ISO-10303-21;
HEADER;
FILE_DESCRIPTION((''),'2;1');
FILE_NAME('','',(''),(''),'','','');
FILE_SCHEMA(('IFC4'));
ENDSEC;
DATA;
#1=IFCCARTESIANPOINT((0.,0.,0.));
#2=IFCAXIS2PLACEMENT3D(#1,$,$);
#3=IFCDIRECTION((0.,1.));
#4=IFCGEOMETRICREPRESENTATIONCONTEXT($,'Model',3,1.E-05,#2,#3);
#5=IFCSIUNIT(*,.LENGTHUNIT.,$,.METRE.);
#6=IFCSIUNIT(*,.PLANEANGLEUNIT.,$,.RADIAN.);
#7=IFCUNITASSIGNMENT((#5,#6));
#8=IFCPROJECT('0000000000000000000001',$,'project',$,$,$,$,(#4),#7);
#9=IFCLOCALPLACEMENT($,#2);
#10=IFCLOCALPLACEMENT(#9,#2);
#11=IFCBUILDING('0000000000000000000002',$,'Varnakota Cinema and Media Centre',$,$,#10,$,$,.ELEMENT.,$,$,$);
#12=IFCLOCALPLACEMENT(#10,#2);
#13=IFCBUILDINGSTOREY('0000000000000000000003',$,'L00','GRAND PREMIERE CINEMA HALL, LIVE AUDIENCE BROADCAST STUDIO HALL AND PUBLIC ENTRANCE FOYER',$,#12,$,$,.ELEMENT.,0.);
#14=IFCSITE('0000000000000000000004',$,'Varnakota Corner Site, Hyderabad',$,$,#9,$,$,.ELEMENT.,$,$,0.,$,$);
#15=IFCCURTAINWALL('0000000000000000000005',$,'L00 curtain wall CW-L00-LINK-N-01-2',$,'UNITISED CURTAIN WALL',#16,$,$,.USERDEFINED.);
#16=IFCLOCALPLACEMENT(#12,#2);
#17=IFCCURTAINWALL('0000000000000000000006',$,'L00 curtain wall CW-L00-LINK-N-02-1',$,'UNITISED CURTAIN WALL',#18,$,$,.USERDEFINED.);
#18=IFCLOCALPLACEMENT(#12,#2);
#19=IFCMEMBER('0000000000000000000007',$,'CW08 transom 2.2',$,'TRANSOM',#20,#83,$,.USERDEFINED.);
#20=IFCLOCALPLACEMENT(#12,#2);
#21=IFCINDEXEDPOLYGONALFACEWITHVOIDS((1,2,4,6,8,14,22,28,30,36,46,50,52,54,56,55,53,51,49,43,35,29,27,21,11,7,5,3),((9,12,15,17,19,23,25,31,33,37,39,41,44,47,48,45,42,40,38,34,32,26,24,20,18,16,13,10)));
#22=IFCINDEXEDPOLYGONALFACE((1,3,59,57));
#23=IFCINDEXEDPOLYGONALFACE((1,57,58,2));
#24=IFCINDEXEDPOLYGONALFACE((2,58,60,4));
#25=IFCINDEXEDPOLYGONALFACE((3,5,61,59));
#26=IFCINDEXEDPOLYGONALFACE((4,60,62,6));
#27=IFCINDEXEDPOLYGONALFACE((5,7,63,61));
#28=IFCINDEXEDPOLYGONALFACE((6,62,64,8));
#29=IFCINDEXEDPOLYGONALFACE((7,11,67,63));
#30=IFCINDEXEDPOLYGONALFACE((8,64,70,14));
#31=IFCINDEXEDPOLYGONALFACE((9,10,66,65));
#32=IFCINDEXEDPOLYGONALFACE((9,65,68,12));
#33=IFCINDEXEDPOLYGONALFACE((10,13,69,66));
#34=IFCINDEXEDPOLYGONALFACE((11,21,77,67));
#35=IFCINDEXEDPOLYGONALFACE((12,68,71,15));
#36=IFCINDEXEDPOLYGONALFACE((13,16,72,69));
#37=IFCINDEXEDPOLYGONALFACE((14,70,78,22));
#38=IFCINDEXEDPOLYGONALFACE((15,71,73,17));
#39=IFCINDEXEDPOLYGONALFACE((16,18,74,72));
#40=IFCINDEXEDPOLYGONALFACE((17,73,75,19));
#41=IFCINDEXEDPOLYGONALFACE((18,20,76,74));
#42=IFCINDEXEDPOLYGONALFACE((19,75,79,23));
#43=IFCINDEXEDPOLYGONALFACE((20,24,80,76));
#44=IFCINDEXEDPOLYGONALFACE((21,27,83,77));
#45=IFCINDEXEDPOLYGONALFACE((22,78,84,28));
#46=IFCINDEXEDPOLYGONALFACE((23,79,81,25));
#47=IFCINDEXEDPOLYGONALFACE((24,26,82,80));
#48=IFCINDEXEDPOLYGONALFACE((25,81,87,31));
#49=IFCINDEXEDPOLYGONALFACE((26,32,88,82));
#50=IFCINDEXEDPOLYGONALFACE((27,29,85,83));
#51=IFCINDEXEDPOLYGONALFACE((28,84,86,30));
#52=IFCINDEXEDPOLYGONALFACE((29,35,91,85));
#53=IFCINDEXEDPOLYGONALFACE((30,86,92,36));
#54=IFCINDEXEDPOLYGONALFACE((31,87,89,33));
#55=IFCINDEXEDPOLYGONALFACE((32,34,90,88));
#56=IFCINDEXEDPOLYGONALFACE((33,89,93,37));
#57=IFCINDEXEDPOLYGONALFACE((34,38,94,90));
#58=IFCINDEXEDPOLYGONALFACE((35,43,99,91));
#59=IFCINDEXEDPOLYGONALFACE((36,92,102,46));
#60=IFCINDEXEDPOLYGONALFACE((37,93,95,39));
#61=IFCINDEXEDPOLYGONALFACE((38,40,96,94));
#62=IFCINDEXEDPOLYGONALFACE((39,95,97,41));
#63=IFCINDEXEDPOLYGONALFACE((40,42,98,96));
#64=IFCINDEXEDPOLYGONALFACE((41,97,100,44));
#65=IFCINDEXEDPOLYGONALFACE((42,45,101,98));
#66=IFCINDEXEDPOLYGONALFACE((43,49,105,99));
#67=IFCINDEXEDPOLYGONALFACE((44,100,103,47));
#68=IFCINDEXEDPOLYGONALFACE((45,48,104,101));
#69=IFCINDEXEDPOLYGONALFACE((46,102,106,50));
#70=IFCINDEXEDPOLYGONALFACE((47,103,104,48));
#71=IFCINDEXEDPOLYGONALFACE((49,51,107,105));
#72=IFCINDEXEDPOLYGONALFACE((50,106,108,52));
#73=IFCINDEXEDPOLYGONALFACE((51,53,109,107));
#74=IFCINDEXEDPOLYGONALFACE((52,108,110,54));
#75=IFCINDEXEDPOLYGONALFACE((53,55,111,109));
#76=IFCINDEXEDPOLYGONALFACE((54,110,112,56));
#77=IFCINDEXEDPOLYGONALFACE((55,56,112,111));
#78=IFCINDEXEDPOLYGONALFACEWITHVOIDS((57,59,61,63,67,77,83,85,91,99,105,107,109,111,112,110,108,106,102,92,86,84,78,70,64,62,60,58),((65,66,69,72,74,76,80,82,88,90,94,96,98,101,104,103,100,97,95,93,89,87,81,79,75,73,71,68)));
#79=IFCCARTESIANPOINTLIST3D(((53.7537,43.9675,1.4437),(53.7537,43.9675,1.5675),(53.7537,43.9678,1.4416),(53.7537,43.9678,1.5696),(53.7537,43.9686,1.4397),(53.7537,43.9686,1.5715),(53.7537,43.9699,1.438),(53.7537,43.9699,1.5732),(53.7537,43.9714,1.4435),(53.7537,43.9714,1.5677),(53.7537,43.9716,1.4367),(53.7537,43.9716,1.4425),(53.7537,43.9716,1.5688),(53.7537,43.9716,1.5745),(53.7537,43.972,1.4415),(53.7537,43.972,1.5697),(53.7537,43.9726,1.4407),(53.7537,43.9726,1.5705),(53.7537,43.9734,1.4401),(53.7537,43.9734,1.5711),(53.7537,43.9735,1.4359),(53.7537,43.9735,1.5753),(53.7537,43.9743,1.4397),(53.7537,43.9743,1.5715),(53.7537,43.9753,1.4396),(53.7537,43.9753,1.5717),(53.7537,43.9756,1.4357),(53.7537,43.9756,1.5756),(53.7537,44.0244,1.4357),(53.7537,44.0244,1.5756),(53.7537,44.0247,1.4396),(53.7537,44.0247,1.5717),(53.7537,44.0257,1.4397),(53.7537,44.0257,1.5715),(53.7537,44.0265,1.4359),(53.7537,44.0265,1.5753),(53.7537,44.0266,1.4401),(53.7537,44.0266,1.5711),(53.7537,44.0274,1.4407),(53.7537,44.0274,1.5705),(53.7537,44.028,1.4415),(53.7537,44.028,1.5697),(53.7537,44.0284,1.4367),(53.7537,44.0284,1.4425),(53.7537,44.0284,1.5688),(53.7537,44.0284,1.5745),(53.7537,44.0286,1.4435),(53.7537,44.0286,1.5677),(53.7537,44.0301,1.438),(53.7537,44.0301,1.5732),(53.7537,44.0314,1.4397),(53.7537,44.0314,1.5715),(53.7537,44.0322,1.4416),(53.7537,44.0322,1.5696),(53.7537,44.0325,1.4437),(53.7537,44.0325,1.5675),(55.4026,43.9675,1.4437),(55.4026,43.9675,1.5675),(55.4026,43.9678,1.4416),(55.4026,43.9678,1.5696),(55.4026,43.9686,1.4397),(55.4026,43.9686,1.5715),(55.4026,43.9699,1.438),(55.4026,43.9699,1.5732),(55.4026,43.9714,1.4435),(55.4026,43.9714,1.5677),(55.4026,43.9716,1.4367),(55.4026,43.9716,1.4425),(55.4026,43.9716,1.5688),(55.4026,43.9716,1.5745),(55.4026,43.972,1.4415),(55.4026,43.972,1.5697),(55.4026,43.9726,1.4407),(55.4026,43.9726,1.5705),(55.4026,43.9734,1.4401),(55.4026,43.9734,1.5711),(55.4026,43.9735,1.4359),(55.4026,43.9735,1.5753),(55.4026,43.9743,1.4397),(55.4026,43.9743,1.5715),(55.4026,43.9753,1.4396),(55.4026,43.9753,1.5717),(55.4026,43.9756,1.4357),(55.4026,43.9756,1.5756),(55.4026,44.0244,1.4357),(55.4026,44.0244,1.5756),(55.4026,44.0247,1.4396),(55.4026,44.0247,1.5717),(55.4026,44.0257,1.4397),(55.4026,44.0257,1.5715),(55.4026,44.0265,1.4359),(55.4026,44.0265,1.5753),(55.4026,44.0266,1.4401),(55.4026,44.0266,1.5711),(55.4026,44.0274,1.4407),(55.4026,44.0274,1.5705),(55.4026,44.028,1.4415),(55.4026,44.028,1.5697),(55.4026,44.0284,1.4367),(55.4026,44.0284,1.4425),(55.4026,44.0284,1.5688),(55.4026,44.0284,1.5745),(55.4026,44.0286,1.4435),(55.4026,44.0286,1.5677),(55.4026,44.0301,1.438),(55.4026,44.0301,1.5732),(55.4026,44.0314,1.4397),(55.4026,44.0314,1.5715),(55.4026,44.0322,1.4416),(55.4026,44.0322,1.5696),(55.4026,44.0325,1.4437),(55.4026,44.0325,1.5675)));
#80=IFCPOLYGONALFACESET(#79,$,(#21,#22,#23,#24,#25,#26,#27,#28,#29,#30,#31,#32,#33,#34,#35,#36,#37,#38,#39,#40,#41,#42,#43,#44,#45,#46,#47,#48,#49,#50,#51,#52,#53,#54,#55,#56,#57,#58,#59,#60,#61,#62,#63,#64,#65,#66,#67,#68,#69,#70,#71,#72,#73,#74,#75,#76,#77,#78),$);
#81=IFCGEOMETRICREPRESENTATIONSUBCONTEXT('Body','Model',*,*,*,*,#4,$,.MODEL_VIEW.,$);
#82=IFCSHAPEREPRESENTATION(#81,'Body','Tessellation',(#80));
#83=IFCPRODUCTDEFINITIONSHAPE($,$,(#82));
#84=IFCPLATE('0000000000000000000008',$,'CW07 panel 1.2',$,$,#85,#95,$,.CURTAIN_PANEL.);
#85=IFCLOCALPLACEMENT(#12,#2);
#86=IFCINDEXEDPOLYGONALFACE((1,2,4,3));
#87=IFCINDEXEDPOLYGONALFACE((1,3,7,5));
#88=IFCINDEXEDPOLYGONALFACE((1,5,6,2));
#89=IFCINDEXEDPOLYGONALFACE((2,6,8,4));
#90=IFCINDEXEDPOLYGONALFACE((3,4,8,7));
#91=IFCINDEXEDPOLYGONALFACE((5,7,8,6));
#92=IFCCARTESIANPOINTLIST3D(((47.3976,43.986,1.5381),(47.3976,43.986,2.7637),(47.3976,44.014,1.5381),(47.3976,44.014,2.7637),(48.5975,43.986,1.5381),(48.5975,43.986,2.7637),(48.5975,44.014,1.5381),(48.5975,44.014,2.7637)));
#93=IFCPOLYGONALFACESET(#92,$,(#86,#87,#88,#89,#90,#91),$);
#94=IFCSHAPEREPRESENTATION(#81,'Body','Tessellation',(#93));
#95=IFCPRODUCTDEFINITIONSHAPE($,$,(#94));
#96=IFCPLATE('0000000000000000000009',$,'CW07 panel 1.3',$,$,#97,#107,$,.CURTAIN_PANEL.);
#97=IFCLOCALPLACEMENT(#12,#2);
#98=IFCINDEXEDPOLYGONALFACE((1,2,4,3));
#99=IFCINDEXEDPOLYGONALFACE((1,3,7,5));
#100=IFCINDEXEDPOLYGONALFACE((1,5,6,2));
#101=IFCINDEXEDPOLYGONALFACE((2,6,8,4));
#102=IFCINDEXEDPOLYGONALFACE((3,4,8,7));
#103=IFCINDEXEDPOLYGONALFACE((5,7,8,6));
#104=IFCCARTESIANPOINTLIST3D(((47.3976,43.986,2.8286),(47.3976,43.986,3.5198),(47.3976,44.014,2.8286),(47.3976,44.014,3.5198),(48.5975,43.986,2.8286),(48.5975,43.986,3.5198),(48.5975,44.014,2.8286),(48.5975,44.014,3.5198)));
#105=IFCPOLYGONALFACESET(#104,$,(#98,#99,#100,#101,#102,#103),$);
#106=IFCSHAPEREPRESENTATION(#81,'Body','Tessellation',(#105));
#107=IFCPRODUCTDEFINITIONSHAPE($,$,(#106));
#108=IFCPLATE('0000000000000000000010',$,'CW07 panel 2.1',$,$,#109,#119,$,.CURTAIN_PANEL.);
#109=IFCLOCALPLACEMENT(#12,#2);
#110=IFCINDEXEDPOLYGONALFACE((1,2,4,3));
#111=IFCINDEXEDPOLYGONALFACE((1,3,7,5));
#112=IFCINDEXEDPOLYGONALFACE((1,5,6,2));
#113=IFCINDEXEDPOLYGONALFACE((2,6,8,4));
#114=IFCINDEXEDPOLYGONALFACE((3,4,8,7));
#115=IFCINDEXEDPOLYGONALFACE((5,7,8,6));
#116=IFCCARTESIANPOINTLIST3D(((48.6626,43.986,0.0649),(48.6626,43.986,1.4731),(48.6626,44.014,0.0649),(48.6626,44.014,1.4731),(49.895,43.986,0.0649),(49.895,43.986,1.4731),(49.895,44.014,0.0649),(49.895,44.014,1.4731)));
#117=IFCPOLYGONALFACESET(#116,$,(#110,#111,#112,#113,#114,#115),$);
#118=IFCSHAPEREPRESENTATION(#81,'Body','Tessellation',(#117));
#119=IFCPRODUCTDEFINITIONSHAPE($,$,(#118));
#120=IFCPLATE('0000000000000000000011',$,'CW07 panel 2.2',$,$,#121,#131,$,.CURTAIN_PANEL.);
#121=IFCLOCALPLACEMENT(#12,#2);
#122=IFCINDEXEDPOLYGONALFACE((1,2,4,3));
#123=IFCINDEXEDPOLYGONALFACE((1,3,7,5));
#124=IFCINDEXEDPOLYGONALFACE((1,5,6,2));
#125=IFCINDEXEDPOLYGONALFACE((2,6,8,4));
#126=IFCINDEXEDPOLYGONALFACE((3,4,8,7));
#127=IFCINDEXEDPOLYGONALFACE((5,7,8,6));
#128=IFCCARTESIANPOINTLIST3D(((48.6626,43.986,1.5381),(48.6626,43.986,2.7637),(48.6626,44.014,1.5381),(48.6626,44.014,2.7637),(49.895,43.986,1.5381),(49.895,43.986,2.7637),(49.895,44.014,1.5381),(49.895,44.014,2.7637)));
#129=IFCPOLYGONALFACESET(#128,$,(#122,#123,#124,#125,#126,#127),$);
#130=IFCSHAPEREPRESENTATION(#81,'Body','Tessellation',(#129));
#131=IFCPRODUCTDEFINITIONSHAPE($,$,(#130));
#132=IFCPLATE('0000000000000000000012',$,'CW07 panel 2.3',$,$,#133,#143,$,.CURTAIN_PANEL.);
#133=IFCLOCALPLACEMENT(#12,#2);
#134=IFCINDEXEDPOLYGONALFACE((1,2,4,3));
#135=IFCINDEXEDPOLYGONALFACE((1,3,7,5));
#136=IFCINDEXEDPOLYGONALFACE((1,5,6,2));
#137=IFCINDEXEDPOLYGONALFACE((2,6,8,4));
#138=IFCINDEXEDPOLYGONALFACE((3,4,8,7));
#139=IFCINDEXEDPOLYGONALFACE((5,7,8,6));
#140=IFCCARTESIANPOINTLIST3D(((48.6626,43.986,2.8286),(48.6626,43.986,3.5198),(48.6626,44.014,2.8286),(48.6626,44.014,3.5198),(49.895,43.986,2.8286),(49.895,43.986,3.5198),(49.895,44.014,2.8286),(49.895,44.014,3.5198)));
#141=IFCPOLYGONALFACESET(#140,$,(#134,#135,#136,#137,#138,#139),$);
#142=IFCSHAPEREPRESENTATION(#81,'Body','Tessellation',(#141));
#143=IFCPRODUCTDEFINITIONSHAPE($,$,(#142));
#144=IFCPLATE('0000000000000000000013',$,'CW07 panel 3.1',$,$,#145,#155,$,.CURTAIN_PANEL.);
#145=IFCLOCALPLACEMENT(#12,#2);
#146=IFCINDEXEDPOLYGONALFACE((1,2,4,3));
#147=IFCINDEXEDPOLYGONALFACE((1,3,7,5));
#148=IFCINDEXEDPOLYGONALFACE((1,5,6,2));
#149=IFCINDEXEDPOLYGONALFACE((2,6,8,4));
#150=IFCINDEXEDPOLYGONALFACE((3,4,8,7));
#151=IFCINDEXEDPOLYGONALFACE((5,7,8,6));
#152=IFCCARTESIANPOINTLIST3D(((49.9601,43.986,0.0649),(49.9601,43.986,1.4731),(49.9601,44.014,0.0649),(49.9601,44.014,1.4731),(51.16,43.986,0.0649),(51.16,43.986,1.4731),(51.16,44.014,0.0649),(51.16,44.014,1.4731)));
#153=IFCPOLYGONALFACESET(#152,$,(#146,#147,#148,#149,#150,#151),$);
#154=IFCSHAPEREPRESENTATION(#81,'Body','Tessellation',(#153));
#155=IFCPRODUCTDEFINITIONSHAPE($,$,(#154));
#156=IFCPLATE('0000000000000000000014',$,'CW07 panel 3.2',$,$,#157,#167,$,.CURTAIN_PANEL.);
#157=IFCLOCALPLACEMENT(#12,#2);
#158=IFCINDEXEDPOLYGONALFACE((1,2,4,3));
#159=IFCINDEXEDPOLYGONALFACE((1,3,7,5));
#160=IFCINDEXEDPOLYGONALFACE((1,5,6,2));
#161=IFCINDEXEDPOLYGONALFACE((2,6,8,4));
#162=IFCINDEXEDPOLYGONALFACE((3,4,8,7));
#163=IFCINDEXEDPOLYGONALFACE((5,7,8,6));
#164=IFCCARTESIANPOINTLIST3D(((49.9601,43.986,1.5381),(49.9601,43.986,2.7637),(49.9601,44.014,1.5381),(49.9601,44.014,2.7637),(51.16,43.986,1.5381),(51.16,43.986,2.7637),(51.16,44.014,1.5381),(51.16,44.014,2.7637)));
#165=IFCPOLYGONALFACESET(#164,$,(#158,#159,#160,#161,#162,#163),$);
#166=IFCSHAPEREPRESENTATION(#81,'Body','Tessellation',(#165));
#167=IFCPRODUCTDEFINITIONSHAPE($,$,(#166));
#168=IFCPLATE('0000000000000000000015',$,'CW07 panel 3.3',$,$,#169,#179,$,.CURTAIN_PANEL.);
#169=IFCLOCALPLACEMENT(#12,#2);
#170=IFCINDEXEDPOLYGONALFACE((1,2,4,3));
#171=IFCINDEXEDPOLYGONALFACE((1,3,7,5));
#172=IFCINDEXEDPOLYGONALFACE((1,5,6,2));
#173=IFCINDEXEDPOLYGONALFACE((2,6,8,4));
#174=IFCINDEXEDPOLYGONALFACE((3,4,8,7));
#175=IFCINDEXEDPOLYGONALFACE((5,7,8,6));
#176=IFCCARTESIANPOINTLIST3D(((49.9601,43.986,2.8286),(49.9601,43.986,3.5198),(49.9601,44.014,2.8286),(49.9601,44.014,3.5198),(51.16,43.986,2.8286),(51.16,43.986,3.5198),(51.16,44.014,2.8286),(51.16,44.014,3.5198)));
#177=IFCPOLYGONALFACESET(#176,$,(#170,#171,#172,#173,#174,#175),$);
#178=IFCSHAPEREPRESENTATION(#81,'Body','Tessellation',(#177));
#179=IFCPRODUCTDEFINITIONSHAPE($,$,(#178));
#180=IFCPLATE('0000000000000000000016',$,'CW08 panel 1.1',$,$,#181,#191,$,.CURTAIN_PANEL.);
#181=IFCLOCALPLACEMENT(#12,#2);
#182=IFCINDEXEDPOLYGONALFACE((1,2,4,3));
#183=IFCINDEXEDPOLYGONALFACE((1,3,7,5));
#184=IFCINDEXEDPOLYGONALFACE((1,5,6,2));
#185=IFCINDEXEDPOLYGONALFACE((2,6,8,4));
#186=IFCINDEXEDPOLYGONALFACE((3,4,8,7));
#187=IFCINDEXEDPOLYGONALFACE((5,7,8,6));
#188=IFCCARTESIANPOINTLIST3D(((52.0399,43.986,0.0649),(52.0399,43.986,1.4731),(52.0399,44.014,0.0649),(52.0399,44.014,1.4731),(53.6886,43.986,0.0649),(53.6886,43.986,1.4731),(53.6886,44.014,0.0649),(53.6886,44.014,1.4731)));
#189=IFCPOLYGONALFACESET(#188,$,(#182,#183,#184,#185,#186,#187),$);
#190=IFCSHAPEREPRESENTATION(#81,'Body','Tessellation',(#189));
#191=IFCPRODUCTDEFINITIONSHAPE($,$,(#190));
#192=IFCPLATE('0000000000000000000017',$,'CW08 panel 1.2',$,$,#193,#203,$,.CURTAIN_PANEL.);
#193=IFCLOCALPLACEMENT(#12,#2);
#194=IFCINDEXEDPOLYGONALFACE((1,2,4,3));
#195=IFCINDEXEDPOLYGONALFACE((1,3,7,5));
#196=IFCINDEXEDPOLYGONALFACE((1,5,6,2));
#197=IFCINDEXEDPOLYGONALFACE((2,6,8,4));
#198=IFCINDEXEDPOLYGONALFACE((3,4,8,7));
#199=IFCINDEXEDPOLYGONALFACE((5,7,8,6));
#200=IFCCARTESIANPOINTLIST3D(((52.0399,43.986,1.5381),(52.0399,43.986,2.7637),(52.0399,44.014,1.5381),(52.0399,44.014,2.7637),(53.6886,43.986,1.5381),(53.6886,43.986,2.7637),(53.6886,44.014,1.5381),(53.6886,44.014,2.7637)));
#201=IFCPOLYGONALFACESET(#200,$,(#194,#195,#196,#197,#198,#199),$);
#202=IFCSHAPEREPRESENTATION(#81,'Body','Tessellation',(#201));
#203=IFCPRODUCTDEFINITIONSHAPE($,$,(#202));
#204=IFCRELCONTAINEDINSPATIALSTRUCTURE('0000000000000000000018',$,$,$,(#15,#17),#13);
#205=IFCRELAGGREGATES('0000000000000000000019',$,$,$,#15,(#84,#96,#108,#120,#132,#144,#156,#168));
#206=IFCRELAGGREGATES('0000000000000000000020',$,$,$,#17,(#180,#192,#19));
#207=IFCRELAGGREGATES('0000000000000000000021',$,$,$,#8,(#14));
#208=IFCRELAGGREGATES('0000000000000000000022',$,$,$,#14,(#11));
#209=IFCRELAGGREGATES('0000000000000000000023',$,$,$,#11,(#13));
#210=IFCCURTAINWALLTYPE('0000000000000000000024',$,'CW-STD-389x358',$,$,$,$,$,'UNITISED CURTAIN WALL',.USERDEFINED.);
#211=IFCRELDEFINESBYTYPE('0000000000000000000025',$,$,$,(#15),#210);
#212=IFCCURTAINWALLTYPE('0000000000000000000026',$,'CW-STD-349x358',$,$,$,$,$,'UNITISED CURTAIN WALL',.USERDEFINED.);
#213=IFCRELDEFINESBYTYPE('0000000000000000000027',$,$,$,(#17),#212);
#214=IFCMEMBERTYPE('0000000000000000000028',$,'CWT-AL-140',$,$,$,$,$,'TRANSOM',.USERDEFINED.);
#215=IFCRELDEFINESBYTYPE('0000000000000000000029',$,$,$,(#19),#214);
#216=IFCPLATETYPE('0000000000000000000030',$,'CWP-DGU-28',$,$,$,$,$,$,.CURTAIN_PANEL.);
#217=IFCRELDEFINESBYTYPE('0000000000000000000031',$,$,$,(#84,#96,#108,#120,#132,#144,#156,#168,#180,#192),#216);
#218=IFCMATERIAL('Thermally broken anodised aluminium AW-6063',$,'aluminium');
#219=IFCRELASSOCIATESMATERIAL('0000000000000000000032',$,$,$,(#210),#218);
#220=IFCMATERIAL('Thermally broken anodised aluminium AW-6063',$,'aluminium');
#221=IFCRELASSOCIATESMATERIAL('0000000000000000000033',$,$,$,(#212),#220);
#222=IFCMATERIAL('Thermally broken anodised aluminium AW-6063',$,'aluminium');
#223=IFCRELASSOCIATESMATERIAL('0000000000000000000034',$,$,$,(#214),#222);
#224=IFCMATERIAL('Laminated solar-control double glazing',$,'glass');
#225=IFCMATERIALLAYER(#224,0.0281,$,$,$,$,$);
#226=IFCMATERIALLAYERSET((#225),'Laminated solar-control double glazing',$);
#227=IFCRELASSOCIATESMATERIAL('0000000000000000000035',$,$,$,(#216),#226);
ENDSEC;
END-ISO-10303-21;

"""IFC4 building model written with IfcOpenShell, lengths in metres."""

from ifc_helpers import new_model, si_unit, direction, frame, origin, origin_2d, place, context, subcontext, project, spatial, rectangle, hollow_rectangle, extrude, material, layer, layer_set, material_profile, profile_set, type_object, element, aggregate, save


model = new_model("IFC4")

# Units and contexts
model_context = context("Model", 3, precision=1e-05, world=origin(), true_north=direction((0.0, 1.0)))
body_context = subcontext(model_context, "Body", "Model", "MODEL_VIEW")
ifc_project = project(units=[si_unit("LENGTHUNIT", "METRE"), si_unit("PLANEANGLEUNIT", "RADIAN")], contexts=[model_context])

# Site, building, storey
site_placement = place(None, origin())
site = spatial("IfcSite", under=ifc_project, at=site_placement, Name="Varnakota Corner Site, Hyderabad", CompositionType="ELEMENT", RefElevation=0.0)
building_placement = place(site_placement, origin())
building = spatial("IfcBuilding", under=site, at=building_placement, Name="Varnakota Cinema and Media Centre", CompositionType="ELEMENT")
storey_placement = place(building_placement, origin())
storey = spatial("IfcBuildingStorey", under=building, at=storey_placement, Name="L00", Description="GRAND PREMIERE CINEMA HALL, LIVE AUDIENCE BROADCAST STUDIO HALL AND PUBLIC ENTRANCE FOYER", CompositionType="ELEMENT", Elevation=0.0)

# Curtain walls
ifc_material_1 = material(Name="Thermally broken anodised aluminium AW-6063", Category="aluminium")
curtain_wall_type_1 = type_object("IfcCurtainWallType", Name="CW-STD-389x358", ElementType="UNITISED CURTAIN WALL", PredefinedType="USERDEFINED", material=ifc_material_1)
curtain_wall_1_placement = place(storey_placement, origin())
curtain_wall_1 = element("IfcCurtainWall", 1, at=curtain_wall_1_placement, inside=storey, type_object=curtain_wall_type_1, Name="L00 curtain wall CW-L00-LINK-N-01-2", ObjectType="UNITISED CURTAIN WALL", PredefinedType="USERDEFINED")
ifc_material_2 = material(Name="Thermally broken anodised aluminium AW-6063", Category="aluminium")
curtain_wall_type_2 = type_object("IfcCurtainWallType", Name="CW-STD-349x358", ElementType="UNITISED CURTAIN WALL", PredefinedType="USERDEFINED", material=ifc_material_2)
curtain_wall_2_placement = place(storey_placement, origin())
curtain_wall_2 = element("IfcCurtainWall", 2, at=curtain_wall_2_placement, inside=storey, type_object=curtain_wall_type_2, Name="L00 curtain wall CW-L00-LINK-N-02-1", ObjectType="UNITISED CURTAIN WALL", PredefinedType="USERDEFINED")

# Member
ifc_material_3 = material(Name="Thermally broken anodised aluminium AW-6063", Category="aluminium")
ifc_material_profile_1 = material_profile(ifc_material_3, hollow_rectangle(XDim=0.0649, YDim=0.1399, WallThickness=0.0039, InnerFilletRadius=0.0039, OuterFilletRadius=0.0081, at=origin_2d()), Name="AL-TRANSOM 140x65x4")
ifc_profile_set_1 = profile_set([ifc_material_profile_1], Name="Thermally broken anodised aluminium AW-6063")
member_type_1 = type_object("IfcMemberType", Name="CWT-AL-140", ElementType="TRANSOM", PredefinedType="USERDEFINED", material=ifc_profile_set_1)
member_1_placement = place(storey_placement, frame((53.7537, 44.0, 1.5056), z_axis=(1.0, 0.0, 0.0), x_axis=(0.0, 1.0, 0.0)))
member_1 = element("IfcMember", 3, at=member_1_placement, type_object=member_type_1, Name="CW08 transom 2.2", ObjectType="TRANSOM", PredefinedType="USERDEFINED", context=body_context, shape_type="SweptSolid", body=[
    extrude(hollow_rectangle(XDim=0.0649, YDim=0.1399, WallThickness=0.0039, InnerFilletRadius=0.0039, OuterFilletRadius=0.0081, at=origin_2d()), origin(), (0.0, 0.0, 1.0), 1.6489),
])

# Plates
ifc_material_4 = material(Name="Laminated solar-control double glazing", Category="glass")
ifc_layer = layer(ifc_material_4, 0.0281)
ifc_layer_set = layer_set([ifc_layer], Name="Laminated solar-control double glazing")
plate_type = type_object("IfcPlateType", Name="CWP-DGU-28", PredefinedType="CURTAIN_PANEL", material=ifc_layer_set)
plate_1_placement = place(storey_placement, frame((47.9976, 44.0, 1.5381), z_axis=(0.0, 0.0, 1.0), x_axis=(1.0, 0.0, 0.0)))
plate_1 = element("IfcPlate", 4, at=plate_1_placement, type_object=plate_type, Name="CW07 panel 1.2", PredefinedType="CURTAIN_PANEL", context=body_context, shape_type="SweptSolid", body=[
    extrude(rectangle(XDim=1.2, YDim=0.0281, at=origin_2d()), origin(), (0.0, 0.0, 1.0), 1.2256),
])
plate_2_placement = place(storey_placement, frame((47.9976, 44.0, 2.8286), z_axis=(0.0, 0.0, 1.0), x_axis=(1.0, 0.0, 0.0)))
plate_2 = element("IfcPlate", 5, at=plate_2_placement, type_object=plate_type, Name="CW07 panel 1.3", PredefinedType="CURTAIN_PANEL", context=body_context, shape_type="SweptSolid", body=[
    extrude(rectangle(XDim=1.2, YDim=0.0281, at=origin_2d()), origin(), (0.0, 0.0, 1.0), 0.6912),
])
plate_3_placement = place(storey_placement, frame((49.2788, 44.0, 0.0649), z_axis=(0.0, 0.0, 1.0), x_axis=(1.0, 0.0, 0.0)))
plate_3 = element("IfcPlate", 6, at=plate_3_placement, type_object=plate_type, Name="CW07 panel 2.1", PredefinedType="CURTAIN_PANEL", context=body_context, shape_type="SweptSolid", body=[
    extrude(rectangle(XDim=1.2324, YDim=0.0281, at=origin_2d()), origin(), (0.0, 0.0, 1.0), 1.4082),
])
plate_4_placement = place(storey_placement, frame((49.2788, 44.0, 1.5381), z_axis=(0.0, 0.0, 1.0), x_axis=(1.0, 0.0, 0.0)))
plate_4 = element("IfcPlate", 7, at=plate_4_placement, type_object=plate_type, Name="CW07 panel 2.2", PredefinedType="CURTAIN_PANEL", context=body_context, shape_type="SweptSolid", body=[
    extrude(rectangle(XDim=1.2324, YDim=0.0281, at=origin_2d()), origin(), (0.0, 0.0, 1.0), 1.2256),
])
plate_5_placement = place(storey_placement, frame((49.2788, 44.0, 2.8286), z_axis=(0.0, 0.0, 1.0), x_axis=(1.0, 0.0, 0.0)))
plate_5 = element("IfcPlate", 8, at=plate_5_placement, type_object=plate_type, Name="CW07 panel 2.3", PredefinedType="CURTAIN_PANEL", context=body_context, shape_type="SweptSolid", body=[
    extrude(rectangle(XDim=1.2324, YDim=0.0281, at=origin_2d()), origin(), (0.0, 0.0, 1.0), 0.6912),
])
plate_6_placement = place(storey_placement, frame((50.5601, 44.0, 0.0649), z_axis=(0.0, 0.0, 1.0), x_axis=(1.0, 0.0, 0.0)))
plate_6 = element("IfcPlate", 9, at=plate_6_placement, type_object=plate_type, Name="CW07 panel 3.1", PredefinedType="CURTAIN_PANEL", context=body_context, shape_type="SweptSolid", body=[
    extrude(rectangle(XDim=1.2, YDim=0.0281, at=origin_2d()), origin(), (0.0, 0.0, 1.0), 1.4082),
])
plate_7_placement = place(storey_placement, frame((50.5601, 44.0, 1.5381), z_axis=(0.0, 0.0, 1.0), x_axis=(1.0, 0.0, 0.0)))
plate_7 = element("IfcPlate", 10, at=plate_7_placement, type_object=plate_type, Name="CW07 panel 3.2", PredefinedType="CURTAIN_PANEL", context=body_context, shape_type="SweptSolid", body=[
    extrude(rectangle(XDim=1.2, YDim=0.0281, at=origin_2d()), origin(), (0.0, 0.0, 1.0), 1.2256),
])
plate_8_placement = place(storey_placement, frame((50.5601, 44.0, 2.8286), z_axis=(0.0, 0.0, 1.0), x_axis=(1.0, 0.0, 0.0)))
plate_8 = element("IfcPlate", 11, at=plate_8_placement, type_object=plate_type, Name="CW07 panel 3.3", PredefinedType="CURTAIN_PANEL", context=body_context, shape_type="SweptSolid", body=[
    extrude(rectangle(XDim=1.2, YDim=0.0281, at=origin_2d()), origin(), (0.0, 0.0, 1.0), 0.6912),
])
aggregate(curtain_wall_1, [plate_1, plate_2, plate_3, plate_4, plate_5, plate_6, plate_7, plate_8])
plate_9_placement = place(storey_placement, frame((52.8643, 44.0, 0.0649), z_axis=(0.0, 0.0, 1.0), x_axis=(1.0, 0.0, 0.0)))
plate_9 = element("IfcPlate", 12, at=plate_9_placement, type_object=plate_type, Name="CW08 panel 1.1", PredefinedType="CURTAIN_PANEL", context=body_context, shape_type="SweptSolid", body=[
    extrude(rectangle(XDim=1.6487, YDim=0.0281, at=origin_2d()), origin(), (0.0, 0.0, 1.0), 1.4082),
])
plate_10_placement = place(storey_placement, frame((52.8643, 44.0, 1.5381), z_axis=(0.0, 0.0, 1.0), x_axis=(1.0, 0.0, 0.0)))
plate_10 = element("IfcPlate", 13, at=plate_10_placement, type_object=plate_type, Name="CW08 panel 1.2", PredefinedType="CURTAIN_PANEL", context=body_context, shape_type="SweptSolid", body=[
    extrude(rectangle(XDim=1.6487, YDim=0.0281, at=origin_2d()), origin(), (0.0, 0.0, 1.0), 1.2256),
])
aggregate(curtain_wall_2, [plate_9, plate_10, member_1])

save(model, "model.ifc")
